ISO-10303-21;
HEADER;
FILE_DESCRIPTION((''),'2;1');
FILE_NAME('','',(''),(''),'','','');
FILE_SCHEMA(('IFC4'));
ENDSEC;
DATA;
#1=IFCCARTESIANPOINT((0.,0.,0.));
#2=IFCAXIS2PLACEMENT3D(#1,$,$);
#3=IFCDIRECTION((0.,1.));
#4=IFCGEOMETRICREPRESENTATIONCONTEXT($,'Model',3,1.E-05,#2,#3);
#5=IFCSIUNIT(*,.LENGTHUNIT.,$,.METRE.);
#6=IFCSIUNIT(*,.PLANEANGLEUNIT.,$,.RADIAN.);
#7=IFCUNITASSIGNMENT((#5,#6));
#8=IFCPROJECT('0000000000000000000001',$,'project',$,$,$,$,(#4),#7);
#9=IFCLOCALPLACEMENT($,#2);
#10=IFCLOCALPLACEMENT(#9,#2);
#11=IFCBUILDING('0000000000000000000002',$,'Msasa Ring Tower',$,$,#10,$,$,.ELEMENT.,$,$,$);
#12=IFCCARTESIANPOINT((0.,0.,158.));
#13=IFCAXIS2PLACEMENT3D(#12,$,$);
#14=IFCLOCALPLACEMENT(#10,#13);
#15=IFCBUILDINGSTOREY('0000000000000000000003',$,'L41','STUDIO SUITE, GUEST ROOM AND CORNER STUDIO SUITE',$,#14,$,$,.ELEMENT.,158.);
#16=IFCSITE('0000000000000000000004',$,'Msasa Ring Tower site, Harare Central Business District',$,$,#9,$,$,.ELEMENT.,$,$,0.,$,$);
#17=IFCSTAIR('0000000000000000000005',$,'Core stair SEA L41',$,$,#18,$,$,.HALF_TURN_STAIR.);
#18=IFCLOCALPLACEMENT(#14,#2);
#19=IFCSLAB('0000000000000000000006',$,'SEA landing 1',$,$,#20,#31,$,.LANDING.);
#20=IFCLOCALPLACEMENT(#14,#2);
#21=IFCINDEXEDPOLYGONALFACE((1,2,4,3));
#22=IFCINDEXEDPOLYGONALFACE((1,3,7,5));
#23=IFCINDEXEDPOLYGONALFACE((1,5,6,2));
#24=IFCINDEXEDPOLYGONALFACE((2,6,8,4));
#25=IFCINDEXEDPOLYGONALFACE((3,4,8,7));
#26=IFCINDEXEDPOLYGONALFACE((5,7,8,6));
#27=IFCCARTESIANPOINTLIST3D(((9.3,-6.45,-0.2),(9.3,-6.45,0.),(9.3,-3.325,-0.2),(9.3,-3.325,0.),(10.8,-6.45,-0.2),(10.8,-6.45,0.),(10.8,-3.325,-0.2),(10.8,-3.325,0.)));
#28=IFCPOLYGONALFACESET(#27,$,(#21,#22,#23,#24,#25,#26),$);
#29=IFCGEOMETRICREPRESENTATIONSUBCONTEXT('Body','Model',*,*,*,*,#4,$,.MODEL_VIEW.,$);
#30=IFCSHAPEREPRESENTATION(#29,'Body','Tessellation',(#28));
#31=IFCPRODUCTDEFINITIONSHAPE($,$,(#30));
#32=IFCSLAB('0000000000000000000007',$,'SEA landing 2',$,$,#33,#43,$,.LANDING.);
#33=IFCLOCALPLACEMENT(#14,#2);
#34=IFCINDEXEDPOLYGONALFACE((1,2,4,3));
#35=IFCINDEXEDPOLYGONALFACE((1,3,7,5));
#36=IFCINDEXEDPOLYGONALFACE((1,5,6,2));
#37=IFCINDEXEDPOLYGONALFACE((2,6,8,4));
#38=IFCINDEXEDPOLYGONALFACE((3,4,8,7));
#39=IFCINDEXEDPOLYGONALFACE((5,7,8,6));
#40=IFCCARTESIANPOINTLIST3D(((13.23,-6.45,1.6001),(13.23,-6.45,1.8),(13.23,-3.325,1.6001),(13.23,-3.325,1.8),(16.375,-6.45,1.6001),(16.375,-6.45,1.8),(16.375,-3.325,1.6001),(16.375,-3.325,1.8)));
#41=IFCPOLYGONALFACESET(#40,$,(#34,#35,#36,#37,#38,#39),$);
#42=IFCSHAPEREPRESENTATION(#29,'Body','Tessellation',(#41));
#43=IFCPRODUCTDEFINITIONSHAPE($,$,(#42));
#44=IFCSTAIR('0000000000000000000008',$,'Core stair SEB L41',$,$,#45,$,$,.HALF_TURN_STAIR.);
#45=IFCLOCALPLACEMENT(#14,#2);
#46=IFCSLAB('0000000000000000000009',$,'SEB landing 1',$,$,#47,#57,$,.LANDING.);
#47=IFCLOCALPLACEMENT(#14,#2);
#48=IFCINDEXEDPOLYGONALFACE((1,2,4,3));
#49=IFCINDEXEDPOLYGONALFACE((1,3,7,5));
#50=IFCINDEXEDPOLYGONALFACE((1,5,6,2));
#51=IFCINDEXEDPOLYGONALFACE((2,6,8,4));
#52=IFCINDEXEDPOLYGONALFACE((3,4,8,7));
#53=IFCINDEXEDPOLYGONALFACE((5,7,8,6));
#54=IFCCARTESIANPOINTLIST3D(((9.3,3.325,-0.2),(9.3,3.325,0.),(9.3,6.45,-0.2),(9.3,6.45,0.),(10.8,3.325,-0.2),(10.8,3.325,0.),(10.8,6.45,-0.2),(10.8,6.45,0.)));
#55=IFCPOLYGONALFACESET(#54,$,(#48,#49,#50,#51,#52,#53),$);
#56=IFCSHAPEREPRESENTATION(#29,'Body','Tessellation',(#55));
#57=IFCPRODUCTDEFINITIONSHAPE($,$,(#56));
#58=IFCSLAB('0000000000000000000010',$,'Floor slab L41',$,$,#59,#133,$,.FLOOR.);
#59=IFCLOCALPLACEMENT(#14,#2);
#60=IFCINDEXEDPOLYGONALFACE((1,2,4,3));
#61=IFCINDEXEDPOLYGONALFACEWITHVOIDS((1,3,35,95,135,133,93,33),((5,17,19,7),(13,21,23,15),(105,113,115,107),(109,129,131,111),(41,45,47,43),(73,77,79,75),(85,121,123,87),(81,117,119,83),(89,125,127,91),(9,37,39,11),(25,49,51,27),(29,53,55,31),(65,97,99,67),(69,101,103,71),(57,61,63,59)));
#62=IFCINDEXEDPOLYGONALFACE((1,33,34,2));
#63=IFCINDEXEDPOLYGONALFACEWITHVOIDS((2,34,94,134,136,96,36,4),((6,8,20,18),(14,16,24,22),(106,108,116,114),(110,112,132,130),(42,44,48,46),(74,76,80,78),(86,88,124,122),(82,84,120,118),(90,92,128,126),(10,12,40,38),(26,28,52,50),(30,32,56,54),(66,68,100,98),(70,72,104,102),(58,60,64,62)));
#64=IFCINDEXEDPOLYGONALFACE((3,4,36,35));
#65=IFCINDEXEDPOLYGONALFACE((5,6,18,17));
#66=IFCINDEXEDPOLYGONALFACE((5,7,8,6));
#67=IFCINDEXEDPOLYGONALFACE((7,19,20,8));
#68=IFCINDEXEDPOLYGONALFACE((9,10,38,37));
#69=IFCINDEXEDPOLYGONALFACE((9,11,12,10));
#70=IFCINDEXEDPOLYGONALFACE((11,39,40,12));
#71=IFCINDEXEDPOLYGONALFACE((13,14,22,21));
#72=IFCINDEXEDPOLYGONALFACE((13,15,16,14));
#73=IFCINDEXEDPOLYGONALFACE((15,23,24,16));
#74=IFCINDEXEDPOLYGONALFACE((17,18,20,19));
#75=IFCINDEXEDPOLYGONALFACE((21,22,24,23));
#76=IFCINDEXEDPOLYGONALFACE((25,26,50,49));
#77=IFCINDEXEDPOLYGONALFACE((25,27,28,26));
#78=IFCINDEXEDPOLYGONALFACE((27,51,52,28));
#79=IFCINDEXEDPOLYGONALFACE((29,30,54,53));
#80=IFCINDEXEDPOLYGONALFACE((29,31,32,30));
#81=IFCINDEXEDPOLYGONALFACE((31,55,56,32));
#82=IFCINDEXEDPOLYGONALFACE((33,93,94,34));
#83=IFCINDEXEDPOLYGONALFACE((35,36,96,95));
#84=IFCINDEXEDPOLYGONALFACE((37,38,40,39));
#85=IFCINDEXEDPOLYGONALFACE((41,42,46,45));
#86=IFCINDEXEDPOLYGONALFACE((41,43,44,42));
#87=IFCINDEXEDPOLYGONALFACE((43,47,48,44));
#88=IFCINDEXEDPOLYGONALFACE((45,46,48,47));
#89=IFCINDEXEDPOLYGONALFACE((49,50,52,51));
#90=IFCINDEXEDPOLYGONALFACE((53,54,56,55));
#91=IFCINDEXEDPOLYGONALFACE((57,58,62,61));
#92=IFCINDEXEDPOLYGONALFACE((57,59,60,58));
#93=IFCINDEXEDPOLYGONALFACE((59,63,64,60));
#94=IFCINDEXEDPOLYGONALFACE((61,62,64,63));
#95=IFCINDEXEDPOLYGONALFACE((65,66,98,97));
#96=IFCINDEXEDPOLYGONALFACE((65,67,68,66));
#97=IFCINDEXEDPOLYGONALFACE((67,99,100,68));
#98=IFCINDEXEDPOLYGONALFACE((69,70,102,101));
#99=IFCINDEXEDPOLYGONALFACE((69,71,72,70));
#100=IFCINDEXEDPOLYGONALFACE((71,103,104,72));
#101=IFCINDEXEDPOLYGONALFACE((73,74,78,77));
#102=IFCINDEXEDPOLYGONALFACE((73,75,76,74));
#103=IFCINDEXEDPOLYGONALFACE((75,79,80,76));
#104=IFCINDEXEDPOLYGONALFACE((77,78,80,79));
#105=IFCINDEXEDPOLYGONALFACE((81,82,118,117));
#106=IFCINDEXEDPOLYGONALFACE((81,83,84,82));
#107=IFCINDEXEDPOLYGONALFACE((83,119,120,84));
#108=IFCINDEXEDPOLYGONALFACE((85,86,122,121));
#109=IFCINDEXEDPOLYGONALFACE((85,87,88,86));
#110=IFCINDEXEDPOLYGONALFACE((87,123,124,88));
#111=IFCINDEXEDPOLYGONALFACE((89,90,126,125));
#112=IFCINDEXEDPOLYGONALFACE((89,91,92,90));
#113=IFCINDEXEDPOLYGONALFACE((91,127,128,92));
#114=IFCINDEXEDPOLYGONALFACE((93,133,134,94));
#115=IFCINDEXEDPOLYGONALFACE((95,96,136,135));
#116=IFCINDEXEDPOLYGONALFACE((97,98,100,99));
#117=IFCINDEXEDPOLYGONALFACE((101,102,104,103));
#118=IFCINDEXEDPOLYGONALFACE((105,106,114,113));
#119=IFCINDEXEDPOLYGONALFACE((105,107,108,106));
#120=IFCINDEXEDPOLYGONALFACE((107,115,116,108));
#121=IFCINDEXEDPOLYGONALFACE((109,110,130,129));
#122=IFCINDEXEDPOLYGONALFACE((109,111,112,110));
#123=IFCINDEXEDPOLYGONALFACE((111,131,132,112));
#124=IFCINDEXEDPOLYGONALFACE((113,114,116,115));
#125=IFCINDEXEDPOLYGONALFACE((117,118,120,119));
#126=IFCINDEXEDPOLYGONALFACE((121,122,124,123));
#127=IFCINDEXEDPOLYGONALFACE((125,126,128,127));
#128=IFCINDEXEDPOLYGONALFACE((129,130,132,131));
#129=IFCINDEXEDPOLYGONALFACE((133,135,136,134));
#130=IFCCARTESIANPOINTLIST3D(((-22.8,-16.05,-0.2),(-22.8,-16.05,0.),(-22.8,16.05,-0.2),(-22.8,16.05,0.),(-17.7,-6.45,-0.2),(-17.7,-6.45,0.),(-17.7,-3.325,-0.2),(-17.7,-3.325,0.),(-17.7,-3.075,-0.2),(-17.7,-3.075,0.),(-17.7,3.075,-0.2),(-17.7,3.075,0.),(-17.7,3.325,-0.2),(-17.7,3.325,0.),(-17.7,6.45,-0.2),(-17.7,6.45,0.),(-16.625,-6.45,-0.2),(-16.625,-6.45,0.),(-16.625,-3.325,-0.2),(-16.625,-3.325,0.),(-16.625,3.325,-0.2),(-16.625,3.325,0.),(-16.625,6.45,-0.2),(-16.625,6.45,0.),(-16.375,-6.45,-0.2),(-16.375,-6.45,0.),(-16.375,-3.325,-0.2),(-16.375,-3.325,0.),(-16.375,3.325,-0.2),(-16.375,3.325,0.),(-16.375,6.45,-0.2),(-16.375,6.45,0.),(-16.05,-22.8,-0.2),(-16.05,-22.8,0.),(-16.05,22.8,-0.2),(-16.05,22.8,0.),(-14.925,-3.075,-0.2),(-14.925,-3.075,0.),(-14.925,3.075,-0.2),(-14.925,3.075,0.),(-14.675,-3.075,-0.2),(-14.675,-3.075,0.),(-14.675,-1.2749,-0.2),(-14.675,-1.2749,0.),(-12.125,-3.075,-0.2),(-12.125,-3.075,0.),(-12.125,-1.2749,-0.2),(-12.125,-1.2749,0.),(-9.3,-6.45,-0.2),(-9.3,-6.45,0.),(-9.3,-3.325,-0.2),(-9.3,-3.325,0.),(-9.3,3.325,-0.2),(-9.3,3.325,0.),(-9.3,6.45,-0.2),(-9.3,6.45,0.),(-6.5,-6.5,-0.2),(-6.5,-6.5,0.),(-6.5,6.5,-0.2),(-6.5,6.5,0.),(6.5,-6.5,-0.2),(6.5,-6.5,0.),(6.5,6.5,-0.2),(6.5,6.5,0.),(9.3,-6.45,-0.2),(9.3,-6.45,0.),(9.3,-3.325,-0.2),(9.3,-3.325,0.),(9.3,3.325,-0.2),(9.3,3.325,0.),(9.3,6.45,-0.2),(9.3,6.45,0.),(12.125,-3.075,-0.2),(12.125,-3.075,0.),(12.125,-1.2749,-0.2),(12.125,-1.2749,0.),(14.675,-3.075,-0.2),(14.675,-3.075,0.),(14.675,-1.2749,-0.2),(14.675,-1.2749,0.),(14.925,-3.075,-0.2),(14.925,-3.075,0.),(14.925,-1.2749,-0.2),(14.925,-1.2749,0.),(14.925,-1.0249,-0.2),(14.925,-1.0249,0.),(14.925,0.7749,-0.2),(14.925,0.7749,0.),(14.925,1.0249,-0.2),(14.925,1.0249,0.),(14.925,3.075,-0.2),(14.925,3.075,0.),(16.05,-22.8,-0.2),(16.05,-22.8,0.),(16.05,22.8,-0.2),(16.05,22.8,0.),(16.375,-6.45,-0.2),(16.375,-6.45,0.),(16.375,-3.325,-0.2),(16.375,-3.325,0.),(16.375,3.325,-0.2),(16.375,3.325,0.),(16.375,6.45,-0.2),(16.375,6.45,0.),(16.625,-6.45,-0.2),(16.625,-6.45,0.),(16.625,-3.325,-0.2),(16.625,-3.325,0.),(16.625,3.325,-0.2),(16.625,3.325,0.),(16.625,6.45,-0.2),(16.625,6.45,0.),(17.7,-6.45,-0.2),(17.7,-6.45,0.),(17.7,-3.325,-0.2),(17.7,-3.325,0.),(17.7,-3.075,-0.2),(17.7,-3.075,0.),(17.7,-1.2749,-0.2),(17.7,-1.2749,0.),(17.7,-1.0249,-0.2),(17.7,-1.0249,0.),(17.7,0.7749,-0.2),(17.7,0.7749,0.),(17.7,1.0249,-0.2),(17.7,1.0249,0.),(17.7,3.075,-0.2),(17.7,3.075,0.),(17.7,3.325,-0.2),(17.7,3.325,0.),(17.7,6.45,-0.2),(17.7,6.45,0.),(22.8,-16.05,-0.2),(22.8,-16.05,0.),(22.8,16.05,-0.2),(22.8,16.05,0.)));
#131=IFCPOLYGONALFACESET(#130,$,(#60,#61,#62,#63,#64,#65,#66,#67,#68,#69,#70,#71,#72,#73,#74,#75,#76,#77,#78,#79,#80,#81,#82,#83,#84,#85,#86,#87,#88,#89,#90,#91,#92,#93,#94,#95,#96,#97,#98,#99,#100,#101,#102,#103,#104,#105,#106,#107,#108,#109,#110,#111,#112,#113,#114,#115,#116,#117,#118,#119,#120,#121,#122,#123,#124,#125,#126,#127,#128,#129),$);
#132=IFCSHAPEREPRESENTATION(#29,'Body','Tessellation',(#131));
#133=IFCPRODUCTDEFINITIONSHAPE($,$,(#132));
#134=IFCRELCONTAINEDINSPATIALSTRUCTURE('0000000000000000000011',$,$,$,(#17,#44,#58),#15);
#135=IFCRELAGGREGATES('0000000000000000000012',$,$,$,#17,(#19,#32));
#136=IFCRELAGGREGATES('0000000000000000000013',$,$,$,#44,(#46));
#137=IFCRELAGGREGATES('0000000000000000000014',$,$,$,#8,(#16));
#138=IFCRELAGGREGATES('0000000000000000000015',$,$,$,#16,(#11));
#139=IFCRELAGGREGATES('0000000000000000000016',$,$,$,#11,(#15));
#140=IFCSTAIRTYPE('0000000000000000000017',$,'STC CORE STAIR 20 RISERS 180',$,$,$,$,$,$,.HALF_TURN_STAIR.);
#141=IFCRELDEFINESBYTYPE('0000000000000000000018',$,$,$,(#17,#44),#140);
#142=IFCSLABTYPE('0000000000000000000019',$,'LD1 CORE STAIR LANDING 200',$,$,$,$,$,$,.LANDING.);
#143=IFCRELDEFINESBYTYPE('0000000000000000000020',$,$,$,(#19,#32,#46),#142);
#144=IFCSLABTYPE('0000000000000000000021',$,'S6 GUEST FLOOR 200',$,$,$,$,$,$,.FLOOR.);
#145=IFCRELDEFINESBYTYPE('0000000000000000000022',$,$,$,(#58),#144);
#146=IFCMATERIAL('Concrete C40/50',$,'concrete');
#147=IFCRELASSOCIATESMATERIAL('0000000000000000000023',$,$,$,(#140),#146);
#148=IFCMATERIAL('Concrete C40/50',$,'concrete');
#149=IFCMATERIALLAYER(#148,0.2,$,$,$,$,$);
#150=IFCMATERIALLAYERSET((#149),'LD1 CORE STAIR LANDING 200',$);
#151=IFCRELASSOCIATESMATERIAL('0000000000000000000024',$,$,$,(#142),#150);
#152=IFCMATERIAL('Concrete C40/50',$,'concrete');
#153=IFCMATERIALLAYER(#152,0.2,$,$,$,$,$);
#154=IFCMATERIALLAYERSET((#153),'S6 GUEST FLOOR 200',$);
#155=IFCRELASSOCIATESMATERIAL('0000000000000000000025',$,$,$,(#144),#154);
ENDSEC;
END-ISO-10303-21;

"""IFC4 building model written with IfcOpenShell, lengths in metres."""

from ifc_helpers import new_model, si_unit, direction, frame, origin, place, context, subcontext, project, spatial, polyline, outline, extrude, material, layer, layer_set, type_object, element, aggregate, save


model = new_model("IFC4")

# Units and contexts
model_context = context("Model", 3, precision=1e-05, world=origin(), true_north=direction((0.0, 1.0)))
body_context = subcontext(model_context, "Body", "Model", "MODEL_VIEW")
ifc_project = project(units=[si_unit("LENGTHUNIT", "METRE"), si_unit("PLANEANGLEUNIT", "RADIAN")], contexts=[model_context])

# Site, building, storey
site_placement = place(None, origin())
site = spatial("IfcSite", under=ifc_project, at=site_placement, Name="Msasa Ring Tower site, Harare Central Business District", CompositionType="ELEMENT", RefElevation=0.0)
building_placement = place(site_placement, origin())
building = spatial("IfcBuilding", under=site, at=building_placement, Name="Msasa Ring Tower", CompositionType="ELEMENT")
storey_placement = place(building_placement, frame((0.0, 0.0, 158.0)))
storey = spatial("IfcBuildingStorey", under=building, at=storey_placement, Name="L41", Description="STUDIO SUITE, GUEST ROOM AND CORNER STUDIO SUITE", CompositionType="ELEMENT", Elevation=158.0)

# Stair, slabs
ifc_material_1 = material(Name="Concrete C40/50", Category="concrete")
stair_type = type_object("IfcStairType", Name="STC CORE STAIR 20 RISERS 180", PredefinedType="HALF_TURN_STAIR", material=ifc_material_1)
stair_1_placement = place(storey_placement, origin())
stair_1 = element("IfcStair", 1, at=stair_1_placement, inside=storey, type_object=stair_type, Name="Core stair SEA L41", PredefinedType="HALF_TURN_STAIR")
ifc_material_2 = material(Name="Concrete C40/50", Category="concrete")
ifc_layer_1 = layer(ifc_material_2, 0.2)
ifc_layer_set_1 = layer_set([ifc_layer_1], Name="LD1 CORE STAIR LANDING 200")
slab_type_1 = type_object("IfcSlabType", Name="LD1 CORE STAIR LANDING 200", PredefinedType="LANDING", material=ifc_layer_set_1)
slab_1_placement = place(storey_placement, frame((0.0, 0.0, -0.2)))
slab_1 = element("IfcSlab", 2, at=slab_1_placement, type_object=slab_type_1, Name="SEA landing 1", PredefinedType="LANDING", context=body_context, shape_type="SweptSolid", body=[
    extrude(outline(polyline([(9.3, -6.45), (10.8, -6.45), (10.8, -3.325), (9.3, -3.325), (9.3, -6.45)])), origin(), (0.0, 0.0, 1.0), 0.2),
])
slab_2_placement = place(storey_placement, frame((0.0, 0.0, 1.6001)))
slab_2 = element("IfcSlab", 3, at=slab_2_placement, type_object=slab_type_1, Name="SEA landing 2", PredefinedType="LANDING", context=body_context, shape_type="SweptSolid", body=[
    extrude(outline(polyline([(13.23, -6.45), (16.375, -6.45), (16.375, -3.325), (13.23, -3.325), (13.23, -6.45)])), origin(), (0.0, 0.0, 1.0), 0.2),
])
aggregate(stair_1, [slab_1, slab_2])

# Stair, slab
stair_2_placement = place(storey_placement, origin())
stair_2 = element("IfcStair", 4, at=stair_2_placement, inside=storey, type_object=stair_type, Name="Core stair SEB L41", PredefinedType="HALF_TURN_STAIR")
slab_3_placement = place(storey_placement, frame((0.0, 0.0, -0.2)))
slab_3 = element("IfcSlab", 5, at=slab_3_placement, type_object=slab_type_1, Name="SEB landing 1", PredefinedType="LANDING", context=body_context, shape_type="SweptSolid", body=[
    extrude(outline(polyline([(9.3, 3.325), (10.8, 3.325), (10.8, 6.45), (9.3, 6.45), (9.3, 3.325)])), origin(), (0.0, 0.0, 1.0), 0.2),
])
aggregate(stair_2, [slab_3])

# Slab
ifc_material_3 = material(Name="Concrete C40/50", Category="concrete")
ifc_layer_2 = layer(ifc_material_3, 0.2)
ifc_layer_set_2 = layer_set([ifc_layer_2], Name="S6 GUEST FLOOR 200")
slab_type_2 = type_object("IfcSlabType", Name="S6 GUEST FLOOR 200", PredefinedType="FLOOR", material=ifc_layer_set_2)
slab_4_placement = place(storey_placement, frame((0.0, 0.0, -0.2)))
element("IfcSlab", 6, at=slab_4_placement, inside=storey, type_object=slab_type_2, Name="Floor slab L41", PredefinedType="FLOOR", context=body_context, shape_type="SweptSolid", body=[
    extrude(outline(polyline([(-16.05, -22.8), (16.05, -22.8), (22.8, -16.05), (22.8, 16.05), (16.05, 22.8), (-16.05, 22.8), (-22.8, 16.05), (-22.8, -16.05), (-16.05, -22.8)]), holes=[polyline([(-6.5, -6.5), (6.5, -6.5), (6.5, 6.5), (-6.5, 6.5), (-6.5, -6.5)]), polyline([(9.3, -6.45), (16.375, -6.45), (16.375, -3.325), (9.3, -3.325), (9.3, -6.45)]), polyline([(9.3, 3.325), (16.375, 3.325), (16.375, 6.45), (9.3, 6.45), (9.3, 3.325)]), polyline([(12.125, -3.075), (14.675, -3.075), (14.675, -1.2749), (12.125, -1.2749), (12.125, -3.075)]), polyline([(16.625, -6.45), (17.7, -6.45), (17.7, -3.325), (16.625, -3.325), (16.625, -6.45)]), polyline([(16.625, 3.325), (17.7, 3.325), (17.7, 6.45), (16.625, 6.45), (16.625, 3.325)]), polyline([(14.925, -3.075), (17.7, -3.075), (17.7, -1.2749), (14.925, -1.2749), (14.925, -3.075)]), polyline([(14.925, -1.0249), (17.7, -1.0249), (17.7, 0.7749), (14.925, 0.7749), (14.925, -1.0249)]), polyline([(14.925, 1.0249), (17.7, 1.0249), (17.7, 3.075), (14.925, 3.075), (14.925, 1.0249)]), polyline([(-16.375, -6.45), (-9.3, -6.45), (-9.3, -3.325), (-16.375, -3.325), (-16.375, -6.45)]), polyline([(-16.375, 3.325), (-9.3, 3.325), (-9.3, 6.45), (-16.375, 6.45), (-16.375, 3.325)]), polyline([(-14.675, -3.075), (-12.125, -3.075), (-12.125, -1.2749), (-14.675, -1.2749), (-14.675, -3.075)]), polyline([(-17.7, -6.45), (-16.625, -6.45), (-16.625, -3.325), (-17.7, -3.325), (-17.7, -6.45)]), polyline([(-17.7, 3.325), (-16.625, 3.325), (-16.625, 6.45), (-17.7, 6.45), (-17.7, 3.325)]), polyline([(-17.7, -3.075), (-14.925, -3.075), (-14.925, 3.075), (-17.7, 3.075), (-17.7, -3.075)])]), origin(), (0.0, 0.0, 1.0), 0.2),
])

save(model, "model.ifc")
